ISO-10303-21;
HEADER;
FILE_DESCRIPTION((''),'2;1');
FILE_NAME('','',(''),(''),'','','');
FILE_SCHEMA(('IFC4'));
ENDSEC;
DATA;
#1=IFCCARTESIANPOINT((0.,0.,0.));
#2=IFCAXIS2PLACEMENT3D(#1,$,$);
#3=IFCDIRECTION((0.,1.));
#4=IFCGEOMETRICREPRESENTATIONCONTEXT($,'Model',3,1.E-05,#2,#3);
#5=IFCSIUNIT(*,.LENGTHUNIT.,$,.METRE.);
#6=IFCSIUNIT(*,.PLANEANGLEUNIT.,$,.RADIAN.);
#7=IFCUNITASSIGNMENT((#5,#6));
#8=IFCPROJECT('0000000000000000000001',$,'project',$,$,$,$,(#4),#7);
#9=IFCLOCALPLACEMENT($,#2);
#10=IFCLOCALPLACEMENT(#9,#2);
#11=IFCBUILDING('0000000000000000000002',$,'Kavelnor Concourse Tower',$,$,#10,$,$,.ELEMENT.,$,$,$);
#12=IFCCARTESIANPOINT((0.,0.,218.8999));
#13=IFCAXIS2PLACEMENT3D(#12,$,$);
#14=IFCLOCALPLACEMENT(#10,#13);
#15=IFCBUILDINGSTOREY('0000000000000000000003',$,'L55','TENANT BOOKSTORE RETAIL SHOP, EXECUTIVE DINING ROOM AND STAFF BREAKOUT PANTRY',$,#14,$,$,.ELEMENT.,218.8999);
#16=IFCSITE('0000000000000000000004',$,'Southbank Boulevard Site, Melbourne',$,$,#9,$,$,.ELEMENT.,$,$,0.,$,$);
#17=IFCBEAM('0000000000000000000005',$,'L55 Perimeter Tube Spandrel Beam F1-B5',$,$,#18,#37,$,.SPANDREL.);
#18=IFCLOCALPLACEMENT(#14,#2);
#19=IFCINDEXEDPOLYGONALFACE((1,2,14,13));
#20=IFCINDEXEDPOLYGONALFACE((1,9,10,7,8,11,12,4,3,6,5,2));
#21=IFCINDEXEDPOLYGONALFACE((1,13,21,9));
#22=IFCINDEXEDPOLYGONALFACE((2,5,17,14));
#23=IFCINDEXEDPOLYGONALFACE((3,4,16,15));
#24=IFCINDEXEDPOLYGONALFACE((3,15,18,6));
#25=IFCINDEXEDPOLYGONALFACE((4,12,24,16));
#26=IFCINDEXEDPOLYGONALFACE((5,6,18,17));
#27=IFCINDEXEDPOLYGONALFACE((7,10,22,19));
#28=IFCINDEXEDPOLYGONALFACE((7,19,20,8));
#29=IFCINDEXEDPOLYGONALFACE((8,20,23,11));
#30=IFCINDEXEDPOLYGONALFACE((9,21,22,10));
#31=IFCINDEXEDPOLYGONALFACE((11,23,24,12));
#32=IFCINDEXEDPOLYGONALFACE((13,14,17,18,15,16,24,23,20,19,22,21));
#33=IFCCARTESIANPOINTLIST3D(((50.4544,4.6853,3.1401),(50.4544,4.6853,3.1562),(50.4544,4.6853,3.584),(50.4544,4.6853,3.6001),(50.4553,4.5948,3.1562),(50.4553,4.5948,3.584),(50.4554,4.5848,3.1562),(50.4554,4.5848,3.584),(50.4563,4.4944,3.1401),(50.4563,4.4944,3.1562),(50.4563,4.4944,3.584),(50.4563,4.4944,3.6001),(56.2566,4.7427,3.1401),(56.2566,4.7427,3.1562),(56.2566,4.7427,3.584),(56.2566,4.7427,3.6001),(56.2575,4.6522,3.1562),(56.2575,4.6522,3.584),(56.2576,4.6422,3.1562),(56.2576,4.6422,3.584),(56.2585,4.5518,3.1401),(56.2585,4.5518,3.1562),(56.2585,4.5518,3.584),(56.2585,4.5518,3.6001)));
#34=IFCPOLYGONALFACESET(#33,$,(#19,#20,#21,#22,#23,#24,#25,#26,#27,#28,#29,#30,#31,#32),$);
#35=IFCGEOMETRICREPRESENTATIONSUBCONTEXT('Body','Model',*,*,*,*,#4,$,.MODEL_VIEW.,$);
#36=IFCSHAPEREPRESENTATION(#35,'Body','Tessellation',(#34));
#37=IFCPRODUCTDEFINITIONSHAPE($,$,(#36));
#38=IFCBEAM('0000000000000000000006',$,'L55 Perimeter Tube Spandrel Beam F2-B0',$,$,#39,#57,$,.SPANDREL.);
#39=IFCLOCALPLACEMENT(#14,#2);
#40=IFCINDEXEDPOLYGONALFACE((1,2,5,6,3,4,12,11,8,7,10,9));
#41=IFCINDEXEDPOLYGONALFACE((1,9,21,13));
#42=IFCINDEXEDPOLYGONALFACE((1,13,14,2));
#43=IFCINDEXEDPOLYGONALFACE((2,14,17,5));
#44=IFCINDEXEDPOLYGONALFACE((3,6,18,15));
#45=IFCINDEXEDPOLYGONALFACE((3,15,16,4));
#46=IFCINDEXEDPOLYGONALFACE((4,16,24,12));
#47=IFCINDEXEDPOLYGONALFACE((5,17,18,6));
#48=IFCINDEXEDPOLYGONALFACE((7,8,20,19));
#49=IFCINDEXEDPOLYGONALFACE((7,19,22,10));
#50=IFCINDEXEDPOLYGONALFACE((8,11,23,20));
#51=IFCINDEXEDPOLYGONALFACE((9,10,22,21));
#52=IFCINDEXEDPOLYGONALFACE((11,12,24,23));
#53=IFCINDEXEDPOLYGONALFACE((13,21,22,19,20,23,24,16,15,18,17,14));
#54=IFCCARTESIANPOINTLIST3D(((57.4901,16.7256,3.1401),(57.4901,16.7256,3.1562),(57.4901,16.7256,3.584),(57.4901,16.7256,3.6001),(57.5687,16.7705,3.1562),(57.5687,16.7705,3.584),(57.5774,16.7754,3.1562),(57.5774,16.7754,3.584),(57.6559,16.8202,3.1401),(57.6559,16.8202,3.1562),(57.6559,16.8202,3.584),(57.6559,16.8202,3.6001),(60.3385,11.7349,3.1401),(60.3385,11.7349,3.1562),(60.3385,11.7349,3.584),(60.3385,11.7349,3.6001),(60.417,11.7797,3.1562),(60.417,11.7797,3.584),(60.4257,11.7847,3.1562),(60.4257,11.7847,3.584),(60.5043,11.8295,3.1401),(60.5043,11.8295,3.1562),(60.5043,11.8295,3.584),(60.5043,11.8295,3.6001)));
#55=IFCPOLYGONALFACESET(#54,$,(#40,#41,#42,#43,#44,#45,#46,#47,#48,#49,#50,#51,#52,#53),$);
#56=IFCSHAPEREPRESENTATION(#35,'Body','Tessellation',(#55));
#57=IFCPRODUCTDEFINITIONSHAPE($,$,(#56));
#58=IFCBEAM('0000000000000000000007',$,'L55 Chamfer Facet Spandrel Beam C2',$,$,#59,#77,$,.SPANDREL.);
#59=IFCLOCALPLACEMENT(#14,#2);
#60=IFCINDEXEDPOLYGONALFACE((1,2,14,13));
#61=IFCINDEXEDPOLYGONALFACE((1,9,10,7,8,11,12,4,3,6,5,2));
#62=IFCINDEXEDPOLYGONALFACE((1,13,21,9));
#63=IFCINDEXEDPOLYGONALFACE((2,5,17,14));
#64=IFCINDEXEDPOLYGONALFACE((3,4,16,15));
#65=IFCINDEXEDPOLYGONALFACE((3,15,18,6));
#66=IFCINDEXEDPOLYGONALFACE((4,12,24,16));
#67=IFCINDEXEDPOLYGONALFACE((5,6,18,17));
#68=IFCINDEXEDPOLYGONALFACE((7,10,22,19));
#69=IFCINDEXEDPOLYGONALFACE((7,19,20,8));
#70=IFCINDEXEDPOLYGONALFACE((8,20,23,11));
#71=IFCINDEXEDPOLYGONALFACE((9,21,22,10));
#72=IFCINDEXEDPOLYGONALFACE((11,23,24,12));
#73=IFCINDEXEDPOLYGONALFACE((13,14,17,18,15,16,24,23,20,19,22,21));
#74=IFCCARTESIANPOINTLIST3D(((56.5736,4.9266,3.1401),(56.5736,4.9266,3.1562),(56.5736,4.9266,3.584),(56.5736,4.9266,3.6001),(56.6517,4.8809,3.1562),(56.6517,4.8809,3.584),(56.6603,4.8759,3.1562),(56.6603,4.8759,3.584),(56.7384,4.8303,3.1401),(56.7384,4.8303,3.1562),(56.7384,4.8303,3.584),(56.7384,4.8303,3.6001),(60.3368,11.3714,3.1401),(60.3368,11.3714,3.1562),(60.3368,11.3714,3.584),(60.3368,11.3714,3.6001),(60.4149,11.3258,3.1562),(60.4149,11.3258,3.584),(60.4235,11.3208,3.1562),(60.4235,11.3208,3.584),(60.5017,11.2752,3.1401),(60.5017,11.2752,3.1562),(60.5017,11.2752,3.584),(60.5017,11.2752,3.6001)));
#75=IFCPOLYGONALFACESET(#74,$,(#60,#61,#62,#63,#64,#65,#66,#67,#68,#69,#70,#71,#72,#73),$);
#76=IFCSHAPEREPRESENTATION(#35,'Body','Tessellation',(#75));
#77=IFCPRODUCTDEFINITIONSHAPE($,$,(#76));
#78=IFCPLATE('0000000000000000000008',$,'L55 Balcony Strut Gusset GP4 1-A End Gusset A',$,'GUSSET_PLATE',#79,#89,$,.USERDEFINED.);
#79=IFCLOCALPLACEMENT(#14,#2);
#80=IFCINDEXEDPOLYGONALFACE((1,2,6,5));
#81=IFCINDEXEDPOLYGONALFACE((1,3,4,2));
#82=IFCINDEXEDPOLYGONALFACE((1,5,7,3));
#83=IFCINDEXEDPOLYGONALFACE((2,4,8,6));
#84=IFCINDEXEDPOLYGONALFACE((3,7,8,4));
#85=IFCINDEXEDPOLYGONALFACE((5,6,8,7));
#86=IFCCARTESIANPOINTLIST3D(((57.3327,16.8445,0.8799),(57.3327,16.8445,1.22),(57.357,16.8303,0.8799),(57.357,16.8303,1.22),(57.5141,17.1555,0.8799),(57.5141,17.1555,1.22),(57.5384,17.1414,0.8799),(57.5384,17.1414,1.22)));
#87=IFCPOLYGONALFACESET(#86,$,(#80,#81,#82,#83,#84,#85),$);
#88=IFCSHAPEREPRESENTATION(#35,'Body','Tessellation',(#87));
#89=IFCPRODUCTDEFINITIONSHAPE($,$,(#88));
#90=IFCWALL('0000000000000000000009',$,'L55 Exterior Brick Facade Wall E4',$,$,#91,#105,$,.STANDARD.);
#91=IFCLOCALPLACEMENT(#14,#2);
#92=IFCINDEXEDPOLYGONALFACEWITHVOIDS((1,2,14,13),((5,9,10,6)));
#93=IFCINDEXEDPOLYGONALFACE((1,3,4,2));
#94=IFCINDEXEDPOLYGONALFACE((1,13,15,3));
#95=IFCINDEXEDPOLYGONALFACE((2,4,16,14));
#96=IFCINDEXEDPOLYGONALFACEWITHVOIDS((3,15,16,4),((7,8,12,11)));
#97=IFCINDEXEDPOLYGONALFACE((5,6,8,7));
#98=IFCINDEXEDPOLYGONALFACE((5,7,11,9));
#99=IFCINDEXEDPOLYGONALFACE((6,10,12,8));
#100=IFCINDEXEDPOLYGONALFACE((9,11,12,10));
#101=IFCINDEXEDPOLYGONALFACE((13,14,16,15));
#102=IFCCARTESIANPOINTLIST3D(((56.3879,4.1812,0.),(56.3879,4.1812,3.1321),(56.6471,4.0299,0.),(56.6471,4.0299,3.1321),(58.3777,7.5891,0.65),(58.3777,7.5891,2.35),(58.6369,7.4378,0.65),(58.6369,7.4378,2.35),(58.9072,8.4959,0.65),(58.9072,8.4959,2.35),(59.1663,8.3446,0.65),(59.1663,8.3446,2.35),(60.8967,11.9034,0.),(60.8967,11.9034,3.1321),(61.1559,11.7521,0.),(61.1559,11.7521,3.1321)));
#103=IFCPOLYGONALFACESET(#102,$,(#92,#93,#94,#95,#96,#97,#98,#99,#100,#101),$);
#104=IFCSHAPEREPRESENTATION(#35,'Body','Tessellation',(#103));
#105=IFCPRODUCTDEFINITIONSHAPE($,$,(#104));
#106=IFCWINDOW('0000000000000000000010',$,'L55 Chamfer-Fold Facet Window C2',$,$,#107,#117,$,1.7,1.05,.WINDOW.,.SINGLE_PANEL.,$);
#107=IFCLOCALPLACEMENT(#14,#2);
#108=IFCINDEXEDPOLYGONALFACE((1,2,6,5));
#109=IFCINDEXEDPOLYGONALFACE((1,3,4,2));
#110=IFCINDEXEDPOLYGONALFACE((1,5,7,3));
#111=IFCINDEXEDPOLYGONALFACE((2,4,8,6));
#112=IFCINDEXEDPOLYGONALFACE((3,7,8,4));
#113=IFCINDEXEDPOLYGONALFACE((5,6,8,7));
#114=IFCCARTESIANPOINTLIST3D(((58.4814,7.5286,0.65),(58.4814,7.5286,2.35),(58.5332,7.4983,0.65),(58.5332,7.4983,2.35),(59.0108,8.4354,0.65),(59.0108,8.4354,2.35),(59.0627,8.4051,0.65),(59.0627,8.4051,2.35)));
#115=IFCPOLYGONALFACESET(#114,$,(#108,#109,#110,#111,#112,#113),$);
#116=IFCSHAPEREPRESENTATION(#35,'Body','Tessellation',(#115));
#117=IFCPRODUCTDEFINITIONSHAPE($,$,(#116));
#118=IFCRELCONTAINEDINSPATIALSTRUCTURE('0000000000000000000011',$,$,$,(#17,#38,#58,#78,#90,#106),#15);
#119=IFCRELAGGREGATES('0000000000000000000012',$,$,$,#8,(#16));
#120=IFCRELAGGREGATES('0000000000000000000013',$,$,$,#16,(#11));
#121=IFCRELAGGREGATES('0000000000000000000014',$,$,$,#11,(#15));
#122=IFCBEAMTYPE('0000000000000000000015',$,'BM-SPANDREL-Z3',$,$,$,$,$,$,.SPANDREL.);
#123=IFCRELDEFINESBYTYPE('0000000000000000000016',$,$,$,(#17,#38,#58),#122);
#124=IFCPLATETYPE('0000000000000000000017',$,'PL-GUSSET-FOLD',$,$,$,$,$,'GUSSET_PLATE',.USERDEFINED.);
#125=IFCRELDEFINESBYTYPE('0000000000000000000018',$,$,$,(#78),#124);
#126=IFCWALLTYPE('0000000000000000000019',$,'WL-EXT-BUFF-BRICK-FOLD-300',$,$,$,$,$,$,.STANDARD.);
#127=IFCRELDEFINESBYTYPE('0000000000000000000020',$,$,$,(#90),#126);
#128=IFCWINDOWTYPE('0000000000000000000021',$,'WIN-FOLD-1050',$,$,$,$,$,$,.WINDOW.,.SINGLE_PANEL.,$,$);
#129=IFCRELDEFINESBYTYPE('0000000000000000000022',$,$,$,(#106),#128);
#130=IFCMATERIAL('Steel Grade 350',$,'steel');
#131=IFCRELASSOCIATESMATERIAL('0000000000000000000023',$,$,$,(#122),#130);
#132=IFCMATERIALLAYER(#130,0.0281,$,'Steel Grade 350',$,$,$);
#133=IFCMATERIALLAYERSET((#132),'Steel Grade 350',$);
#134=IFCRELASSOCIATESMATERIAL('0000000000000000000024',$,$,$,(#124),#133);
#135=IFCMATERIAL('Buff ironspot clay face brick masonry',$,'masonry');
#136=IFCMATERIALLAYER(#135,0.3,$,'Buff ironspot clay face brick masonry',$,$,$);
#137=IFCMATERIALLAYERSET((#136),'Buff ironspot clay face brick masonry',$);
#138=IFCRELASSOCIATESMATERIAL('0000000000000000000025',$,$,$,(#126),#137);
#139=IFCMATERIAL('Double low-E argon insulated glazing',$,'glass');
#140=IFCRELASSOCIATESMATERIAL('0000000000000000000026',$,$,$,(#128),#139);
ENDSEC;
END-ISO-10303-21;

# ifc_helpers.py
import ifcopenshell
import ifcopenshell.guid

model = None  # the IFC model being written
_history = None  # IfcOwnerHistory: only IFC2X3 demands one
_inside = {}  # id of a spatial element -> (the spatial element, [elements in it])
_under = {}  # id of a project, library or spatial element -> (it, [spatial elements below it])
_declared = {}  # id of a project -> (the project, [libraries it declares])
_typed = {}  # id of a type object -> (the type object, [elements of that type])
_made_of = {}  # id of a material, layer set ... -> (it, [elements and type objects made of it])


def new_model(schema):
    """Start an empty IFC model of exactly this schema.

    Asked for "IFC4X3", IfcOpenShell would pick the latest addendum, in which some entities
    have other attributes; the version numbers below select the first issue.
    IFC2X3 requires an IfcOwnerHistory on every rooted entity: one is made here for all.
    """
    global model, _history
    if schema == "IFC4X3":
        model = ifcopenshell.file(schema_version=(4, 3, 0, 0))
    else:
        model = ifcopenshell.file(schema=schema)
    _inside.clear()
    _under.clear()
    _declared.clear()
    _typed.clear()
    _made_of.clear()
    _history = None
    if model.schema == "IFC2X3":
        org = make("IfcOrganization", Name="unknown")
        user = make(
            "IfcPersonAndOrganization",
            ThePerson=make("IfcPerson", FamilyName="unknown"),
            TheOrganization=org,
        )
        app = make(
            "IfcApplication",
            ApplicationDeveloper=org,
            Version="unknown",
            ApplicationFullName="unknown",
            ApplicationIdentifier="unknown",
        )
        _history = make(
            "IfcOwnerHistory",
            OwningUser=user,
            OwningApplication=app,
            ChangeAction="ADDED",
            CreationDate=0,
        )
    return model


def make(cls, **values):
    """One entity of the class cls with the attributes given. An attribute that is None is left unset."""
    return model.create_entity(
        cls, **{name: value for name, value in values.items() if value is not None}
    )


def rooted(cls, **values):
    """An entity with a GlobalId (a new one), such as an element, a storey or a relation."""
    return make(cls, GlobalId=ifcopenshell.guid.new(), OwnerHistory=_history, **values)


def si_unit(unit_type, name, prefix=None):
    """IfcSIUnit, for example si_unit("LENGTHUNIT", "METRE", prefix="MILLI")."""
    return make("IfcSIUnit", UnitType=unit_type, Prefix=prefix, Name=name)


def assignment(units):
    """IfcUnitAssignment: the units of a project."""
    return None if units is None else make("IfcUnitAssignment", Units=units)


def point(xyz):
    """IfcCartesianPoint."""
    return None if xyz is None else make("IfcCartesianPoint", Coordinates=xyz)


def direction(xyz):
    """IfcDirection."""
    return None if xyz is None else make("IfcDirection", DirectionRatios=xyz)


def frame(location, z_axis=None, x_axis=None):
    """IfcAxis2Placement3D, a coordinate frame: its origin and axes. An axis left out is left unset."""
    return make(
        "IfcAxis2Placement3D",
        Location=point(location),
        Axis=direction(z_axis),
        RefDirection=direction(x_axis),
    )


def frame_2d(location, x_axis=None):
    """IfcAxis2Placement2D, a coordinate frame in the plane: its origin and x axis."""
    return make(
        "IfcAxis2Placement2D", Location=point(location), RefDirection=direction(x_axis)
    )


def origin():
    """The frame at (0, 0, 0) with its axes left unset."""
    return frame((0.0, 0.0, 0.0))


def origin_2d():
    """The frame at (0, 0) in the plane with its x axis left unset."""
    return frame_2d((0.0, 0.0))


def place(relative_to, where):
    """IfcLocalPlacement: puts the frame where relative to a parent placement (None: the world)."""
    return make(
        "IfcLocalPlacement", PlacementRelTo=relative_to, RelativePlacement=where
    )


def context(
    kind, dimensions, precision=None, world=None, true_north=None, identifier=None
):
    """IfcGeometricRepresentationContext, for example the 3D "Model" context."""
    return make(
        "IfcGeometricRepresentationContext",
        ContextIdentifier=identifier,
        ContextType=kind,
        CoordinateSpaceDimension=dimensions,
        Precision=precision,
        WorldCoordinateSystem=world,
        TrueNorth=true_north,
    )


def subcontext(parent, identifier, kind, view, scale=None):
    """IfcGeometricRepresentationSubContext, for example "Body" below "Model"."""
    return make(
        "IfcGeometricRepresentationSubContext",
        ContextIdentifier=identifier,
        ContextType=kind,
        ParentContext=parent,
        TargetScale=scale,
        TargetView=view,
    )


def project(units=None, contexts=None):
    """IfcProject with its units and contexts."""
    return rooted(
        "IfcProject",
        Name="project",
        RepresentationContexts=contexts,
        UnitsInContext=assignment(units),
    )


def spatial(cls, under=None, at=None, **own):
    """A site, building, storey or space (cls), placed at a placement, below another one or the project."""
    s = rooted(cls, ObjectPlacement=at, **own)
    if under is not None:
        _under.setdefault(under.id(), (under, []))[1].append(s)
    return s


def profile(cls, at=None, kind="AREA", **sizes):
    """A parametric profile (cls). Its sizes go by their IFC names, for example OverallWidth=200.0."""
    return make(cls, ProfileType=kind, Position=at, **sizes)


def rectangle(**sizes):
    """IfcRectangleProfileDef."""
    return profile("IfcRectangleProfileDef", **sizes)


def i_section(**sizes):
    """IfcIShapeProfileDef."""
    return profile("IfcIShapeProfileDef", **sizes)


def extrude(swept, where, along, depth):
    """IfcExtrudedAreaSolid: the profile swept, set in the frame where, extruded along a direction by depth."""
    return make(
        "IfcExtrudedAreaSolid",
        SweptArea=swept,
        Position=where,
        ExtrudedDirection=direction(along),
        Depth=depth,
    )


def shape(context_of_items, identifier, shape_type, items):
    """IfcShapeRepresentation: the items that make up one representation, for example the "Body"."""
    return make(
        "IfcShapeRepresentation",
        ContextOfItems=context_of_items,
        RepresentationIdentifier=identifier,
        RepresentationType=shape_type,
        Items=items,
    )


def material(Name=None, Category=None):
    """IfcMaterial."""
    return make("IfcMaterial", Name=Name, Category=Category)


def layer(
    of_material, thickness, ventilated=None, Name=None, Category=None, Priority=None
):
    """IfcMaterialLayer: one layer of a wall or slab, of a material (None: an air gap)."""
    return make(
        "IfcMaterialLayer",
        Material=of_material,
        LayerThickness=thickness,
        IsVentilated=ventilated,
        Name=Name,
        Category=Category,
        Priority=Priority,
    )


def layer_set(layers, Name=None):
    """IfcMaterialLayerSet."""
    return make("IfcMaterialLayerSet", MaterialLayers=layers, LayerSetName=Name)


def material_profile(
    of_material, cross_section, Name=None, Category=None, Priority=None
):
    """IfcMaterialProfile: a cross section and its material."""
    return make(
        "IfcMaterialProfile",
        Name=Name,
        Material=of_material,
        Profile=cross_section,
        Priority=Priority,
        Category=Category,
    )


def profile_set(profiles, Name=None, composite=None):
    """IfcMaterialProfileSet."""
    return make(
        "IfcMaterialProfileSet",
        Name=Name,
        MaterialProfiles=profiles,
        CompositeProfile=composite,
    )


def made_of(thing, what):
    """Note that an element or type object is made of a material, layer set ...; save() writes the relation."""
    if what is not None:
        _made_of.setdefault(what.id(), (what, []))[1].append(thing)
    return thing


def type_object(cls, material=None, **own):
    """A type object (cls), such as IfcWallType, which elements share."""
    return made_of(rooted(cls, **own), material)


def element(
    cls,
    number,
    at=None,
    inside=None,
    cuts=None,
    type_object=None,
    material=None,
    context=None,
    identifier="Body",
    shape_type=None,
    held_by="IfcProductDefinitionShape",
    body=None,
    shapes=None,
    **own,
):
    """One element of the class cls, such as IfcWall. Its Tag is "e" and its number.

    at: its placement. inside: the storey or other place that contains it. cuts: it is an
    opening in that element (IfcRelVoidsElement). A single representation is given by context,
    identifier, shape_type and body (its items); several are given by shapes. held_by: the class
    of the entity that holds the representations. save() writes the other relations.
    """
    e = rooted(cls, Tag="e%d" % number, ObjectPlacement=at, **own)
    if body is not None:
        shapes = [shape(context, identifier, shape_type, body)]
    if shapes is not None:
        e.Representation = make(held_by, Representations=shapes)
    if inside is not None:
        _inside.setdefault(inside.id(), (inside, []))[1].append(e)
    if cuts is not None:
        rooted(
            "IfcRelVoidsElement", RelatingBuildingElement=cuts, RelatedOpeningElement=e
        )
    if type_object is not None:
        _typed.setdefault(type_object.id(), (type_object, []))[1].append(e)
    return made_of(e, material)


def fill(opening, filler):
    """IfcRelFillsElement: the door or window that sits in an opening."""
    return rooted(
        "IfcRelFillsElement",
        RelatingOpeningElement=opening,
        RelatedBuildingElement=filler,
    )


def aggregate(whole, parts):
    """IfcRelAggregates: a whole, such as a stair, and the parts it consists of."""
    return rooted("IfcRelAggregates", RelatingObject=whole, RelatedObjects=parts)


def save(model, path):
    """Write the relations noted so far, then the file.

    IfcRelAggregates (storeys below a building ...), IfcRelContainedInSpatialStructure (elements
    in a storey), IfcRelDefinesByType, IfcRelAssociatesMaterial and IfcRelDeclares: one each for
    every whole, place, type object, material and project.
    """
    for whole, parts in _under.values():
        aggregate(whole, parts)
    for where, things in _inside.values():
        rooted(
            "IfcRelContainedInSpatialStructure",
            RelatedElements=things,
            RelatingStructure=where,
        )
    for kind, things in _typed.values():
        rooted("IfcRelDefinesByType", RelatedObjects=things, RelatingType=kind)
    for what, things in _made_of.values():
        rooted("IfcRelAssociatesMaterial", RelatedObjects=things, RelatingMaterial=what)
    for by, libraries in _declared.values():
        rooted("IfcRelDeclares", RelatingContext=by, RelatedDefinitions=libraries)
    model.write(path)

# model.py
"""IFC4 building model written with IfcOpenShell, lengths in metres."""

from ifc_helpers import new_model, si_unit, direction, frame, frame_2d, origin, origin_2d, place, context, subcontext, project, spatial, rectangle, i_section, extrude, material, layer, layer_set, material_profile, profile_set, type_object, element, fill, save


model = new_model("IFC4")

# Units and contexts
model_context = context("Model", 3, precision=1e-05, world=origin(), true_north=direction((0.0, 1.0)))
body_context = subcontext(model_context, "Body", "Model", "MODEL_VIEW")
ifc_project = project(units=[si_unit("LENGTHUNIT", "METRE"), si_unit("PLANEANGLEUNIT", "RADIAN")], contexts=[model_context])

# Site, building, storey
site_placement = place(None, origin())
site = spatial("IfcSite", under=ifc_project, at=site_placement, Name="Southbank Boulevard Site, Melbourne", CompositionType="ELEMENT", RefElevation=0.0)
building_placement = place(site_placement, origin())
building = spatial("IfcBuilding", under=site, at=building_placement, Name="Kavelnor Concourse Tower", CompositionType="ELEMENT")
storey_placement = place(building_placement, frame((0.0, 0.0, 218.8999)))
storey = spatial("IfcBuildingStorey", under=building, at=storey_placement, Name="L55", Description="TENANT BOOKSTORE RETAIL SHOP, EXECUTIVE DINING ROOM AND STAFF BREAKOUT PANTRY", CompositionType="ELEMENT", Elevation=218.8999)

# Shared definitions
ifc_material_1 = material(Name="Steel Grade 350", Category="steel")

# Beams
ifc_material_profile_1 = material_profile(ifc_material_1, i_section(OverallWidth=0.1909, OverallDepth=0.46, WebThickness=0.01, FlangeThickness=0.0161, at=origin_2d()), Name="460UB82")
ifc_profile_set_1 = profile_set([ifc_material_profile_1], Name="Steel Grade 350")
beam_type_1 = type_object("IfcBeamType", Name="BM-SPANDREL-Z3", PredefinedType="SPANDREL", material=ifc_profile_set_1)
beam_1_placement = place(storey_placement, frame((50.4553, 4.5898, 3.3701), z_axis=(0.999951, 0.009888, 0.0), x_axis=(-0.009888, 0.999951, 0.0)))
element("IfcBeam", 1, at=beam_1_placement, inside=storey, type_object=beam_type_1, Name="L55 Perimeter Tube Spandrel Beam F1-B5", PredefinedType="SPANDREL", context=body_context, shape_type="SweptSolid", body=[
    extrude(i_section(OverallWidth=0.1909, OverallDepth=0.46, WebThickness=0.01, FlangeThickness=0.0161, at=origin_2d()), origin(), (0.0, 0.0, 1.0), 5.8025),
])
beam_2_placement = place(storey_placement, frame((60.4214, 11.7822, 3.3701), z_axis=(-0.495686, 0.868502, 0.0), x_axis=(-0.868502, -0.495686, 0.0)))
element("IfcBeam", 2, at=beam_2_placement, inside=storey, type_object=beam_type_1, Name="L55 Perimeter Tube Spandrel Beam F2-B0", PredefinedType="SPANDREL", context=body_context, shape_type="SweptSolid", body=[
    extrude(i_section(OverallWidth=0.1909, OverallDepth=0.46, WebThickness=0.01, FlangeThickness=0.0161, at=origin_2d()), origin(), (0.0, 0.0, 1.0), 5.7463),
])
beam_3_placement = place(storey_placement, frame((56.656, 4.8784, 3.3701), z_axis=(0.504241, 0.863563, 0.0), x_axis=(-0.863563, 0.504241, 0.0)))
element("IfcBeam", 3, at=beam_3_placement, inside=storey, type_object=beam_type_1, Name="L55 Chamfer Facet Spandrel Beam C2", PredefinedType="SPANDREL", context=body_context, shape_type="SweptSolid", body=[
    extrude(i_section(OverallWidth=0.1909, OverallDepth=0.46, WebThickness=0.01, FlangeThickness=0.0161, at=origin_2d()), origin(), (0.0, 0.0, 1.0), 7.4631),
])

# Plate
ifc_layer_1 = layer(ifc_material_1, 0.0281, Name="Steel Grade 350")
ifc_layer_set_1 = layer_set([ifc_layer_1], Name="Steel Grade 350")
plate_type = type_object("IfcPlateType", Name="PL-GUSSET-FOLD", ElementType="GUSSET_PLATE", PredefinedType="USERDEFINED", material=ifc_layer_set_1)
plate_placement = place(storey_placement, frame((57.4355, 16.9929, 0.8799), z_axis=(0.0, 0.0, 1.0), x_axis=(0.503774, 0.863836, 0.0)))
element("IfcPlate", 4, at=plate_placement, inside=storey, type_object=plate_type, Name="L55 Balcony Strut Gusset GP4 1-A End Gusset A", ObjectType="GUSSET_PLATE", PredefinedType="USERDEFINED", context=body_context, shape_type="SweptSolid", body=[
    extrude(rectangle(XDim=0.3601, YDim=0.0281, at=origin_2d()), origin(), (0.0, 0.0, 1.0), 0.3401),
])

# Wall, opening, window
ifc_material_2 = material(Name="Buff ironspot clay face brick masonry", Category="masonry")
ifc_layer_2 = layer(ifc_material_2, 0.3, Name="Buff ironspot clay face brick masonry")
ifc_layer_set_2 = layer_set([ifc_layer_2], Name="Buff ironspot clay face brick masonry")
wall_type_1 = type_object("IfcWallType", Name="WL-EXT-BUFF-BRICK-FOLD-300", PredefinedType="STANDARD", material=ifc_layer_set_2)
wall_1_placement = place(storey_placement, frame((61.0264, 11.8279, 0.0), z_axis=(0.0, 0.0, 1.0), x_axis=(-0.504221, -0.863575, 0.0)))
wall_1 = element("IfcWall", 5, at=wall_1_placement, inside=storey, type_object=wall_type_1, Name="L55 Exterior Brick Facade Wall E4", PredefinedType="STANDARD", context=body_context, shape_type="SweptSolid", body=[
    extrude(rectangle(XDim=8.9421, YDim=0.3, at=frame_2d((4.4712, 0.0))), origin(), (0.0, 0.0, 1.0), 3.1321),
])
opening_1_placement = place(wall_1_placement, frame((3.946, 0.0, 0.6499)))
opening_1 = element("IfcOpeningElement", 6, at=opening_1_placement, cuts=wall_1, PredefinedType="OPENING", context=body_context, shape_type="SweptSolid", body=[
    extrude(rectangle(XDim=1.05, YDim=1.7, at=frame_2d((0.5249, 0.8501))), frame((0.0, 0.1602, 0.0), z_axis=(0.0, -1.0, 0.0), x_axis=(1.0, 0.0, 0.0)), (0.0, 0.0, 1.0), 0.3201),
])
ifc_material_3 = material(Name="Double low-E argon insulated glazing", Category="glass")
window_type_1 = type_object("IfcWindowType", Name="WIN-FOLD-1050", PartitioningType="SINGLE_PANEL", PredefinedType="WINDOW", material=ifc_material_3)
window_1_placement = place(opening_1_placement, origin())
window_1 = element("IfcWindow", 7, at=window_1_placement, inside=storey, type_object=window_type_1, Name="L55 Chamfer-Fold Facet Window C2", OverallHeight=1.7, OverallWidth=1.05, PartitioningType="SINGLE_PANEL", PredefinedType="WINDOW", context=body_context, shape_type="SweptSolid", body=[
    extrude(rectangle(XDim=1.05, YDim=1.7, at=frame_2d((0.5249, 0.8501))), frame((0.0, 0.03, 0.0), z_axis=(0.0, -1.0, 0.0), x_axis=(1.0, 0.0, 0.0)), (0.0, 0.0, 1.0), 0.0601),
])
fill(opening_1, window_1)

save(model, "model.ifc")
